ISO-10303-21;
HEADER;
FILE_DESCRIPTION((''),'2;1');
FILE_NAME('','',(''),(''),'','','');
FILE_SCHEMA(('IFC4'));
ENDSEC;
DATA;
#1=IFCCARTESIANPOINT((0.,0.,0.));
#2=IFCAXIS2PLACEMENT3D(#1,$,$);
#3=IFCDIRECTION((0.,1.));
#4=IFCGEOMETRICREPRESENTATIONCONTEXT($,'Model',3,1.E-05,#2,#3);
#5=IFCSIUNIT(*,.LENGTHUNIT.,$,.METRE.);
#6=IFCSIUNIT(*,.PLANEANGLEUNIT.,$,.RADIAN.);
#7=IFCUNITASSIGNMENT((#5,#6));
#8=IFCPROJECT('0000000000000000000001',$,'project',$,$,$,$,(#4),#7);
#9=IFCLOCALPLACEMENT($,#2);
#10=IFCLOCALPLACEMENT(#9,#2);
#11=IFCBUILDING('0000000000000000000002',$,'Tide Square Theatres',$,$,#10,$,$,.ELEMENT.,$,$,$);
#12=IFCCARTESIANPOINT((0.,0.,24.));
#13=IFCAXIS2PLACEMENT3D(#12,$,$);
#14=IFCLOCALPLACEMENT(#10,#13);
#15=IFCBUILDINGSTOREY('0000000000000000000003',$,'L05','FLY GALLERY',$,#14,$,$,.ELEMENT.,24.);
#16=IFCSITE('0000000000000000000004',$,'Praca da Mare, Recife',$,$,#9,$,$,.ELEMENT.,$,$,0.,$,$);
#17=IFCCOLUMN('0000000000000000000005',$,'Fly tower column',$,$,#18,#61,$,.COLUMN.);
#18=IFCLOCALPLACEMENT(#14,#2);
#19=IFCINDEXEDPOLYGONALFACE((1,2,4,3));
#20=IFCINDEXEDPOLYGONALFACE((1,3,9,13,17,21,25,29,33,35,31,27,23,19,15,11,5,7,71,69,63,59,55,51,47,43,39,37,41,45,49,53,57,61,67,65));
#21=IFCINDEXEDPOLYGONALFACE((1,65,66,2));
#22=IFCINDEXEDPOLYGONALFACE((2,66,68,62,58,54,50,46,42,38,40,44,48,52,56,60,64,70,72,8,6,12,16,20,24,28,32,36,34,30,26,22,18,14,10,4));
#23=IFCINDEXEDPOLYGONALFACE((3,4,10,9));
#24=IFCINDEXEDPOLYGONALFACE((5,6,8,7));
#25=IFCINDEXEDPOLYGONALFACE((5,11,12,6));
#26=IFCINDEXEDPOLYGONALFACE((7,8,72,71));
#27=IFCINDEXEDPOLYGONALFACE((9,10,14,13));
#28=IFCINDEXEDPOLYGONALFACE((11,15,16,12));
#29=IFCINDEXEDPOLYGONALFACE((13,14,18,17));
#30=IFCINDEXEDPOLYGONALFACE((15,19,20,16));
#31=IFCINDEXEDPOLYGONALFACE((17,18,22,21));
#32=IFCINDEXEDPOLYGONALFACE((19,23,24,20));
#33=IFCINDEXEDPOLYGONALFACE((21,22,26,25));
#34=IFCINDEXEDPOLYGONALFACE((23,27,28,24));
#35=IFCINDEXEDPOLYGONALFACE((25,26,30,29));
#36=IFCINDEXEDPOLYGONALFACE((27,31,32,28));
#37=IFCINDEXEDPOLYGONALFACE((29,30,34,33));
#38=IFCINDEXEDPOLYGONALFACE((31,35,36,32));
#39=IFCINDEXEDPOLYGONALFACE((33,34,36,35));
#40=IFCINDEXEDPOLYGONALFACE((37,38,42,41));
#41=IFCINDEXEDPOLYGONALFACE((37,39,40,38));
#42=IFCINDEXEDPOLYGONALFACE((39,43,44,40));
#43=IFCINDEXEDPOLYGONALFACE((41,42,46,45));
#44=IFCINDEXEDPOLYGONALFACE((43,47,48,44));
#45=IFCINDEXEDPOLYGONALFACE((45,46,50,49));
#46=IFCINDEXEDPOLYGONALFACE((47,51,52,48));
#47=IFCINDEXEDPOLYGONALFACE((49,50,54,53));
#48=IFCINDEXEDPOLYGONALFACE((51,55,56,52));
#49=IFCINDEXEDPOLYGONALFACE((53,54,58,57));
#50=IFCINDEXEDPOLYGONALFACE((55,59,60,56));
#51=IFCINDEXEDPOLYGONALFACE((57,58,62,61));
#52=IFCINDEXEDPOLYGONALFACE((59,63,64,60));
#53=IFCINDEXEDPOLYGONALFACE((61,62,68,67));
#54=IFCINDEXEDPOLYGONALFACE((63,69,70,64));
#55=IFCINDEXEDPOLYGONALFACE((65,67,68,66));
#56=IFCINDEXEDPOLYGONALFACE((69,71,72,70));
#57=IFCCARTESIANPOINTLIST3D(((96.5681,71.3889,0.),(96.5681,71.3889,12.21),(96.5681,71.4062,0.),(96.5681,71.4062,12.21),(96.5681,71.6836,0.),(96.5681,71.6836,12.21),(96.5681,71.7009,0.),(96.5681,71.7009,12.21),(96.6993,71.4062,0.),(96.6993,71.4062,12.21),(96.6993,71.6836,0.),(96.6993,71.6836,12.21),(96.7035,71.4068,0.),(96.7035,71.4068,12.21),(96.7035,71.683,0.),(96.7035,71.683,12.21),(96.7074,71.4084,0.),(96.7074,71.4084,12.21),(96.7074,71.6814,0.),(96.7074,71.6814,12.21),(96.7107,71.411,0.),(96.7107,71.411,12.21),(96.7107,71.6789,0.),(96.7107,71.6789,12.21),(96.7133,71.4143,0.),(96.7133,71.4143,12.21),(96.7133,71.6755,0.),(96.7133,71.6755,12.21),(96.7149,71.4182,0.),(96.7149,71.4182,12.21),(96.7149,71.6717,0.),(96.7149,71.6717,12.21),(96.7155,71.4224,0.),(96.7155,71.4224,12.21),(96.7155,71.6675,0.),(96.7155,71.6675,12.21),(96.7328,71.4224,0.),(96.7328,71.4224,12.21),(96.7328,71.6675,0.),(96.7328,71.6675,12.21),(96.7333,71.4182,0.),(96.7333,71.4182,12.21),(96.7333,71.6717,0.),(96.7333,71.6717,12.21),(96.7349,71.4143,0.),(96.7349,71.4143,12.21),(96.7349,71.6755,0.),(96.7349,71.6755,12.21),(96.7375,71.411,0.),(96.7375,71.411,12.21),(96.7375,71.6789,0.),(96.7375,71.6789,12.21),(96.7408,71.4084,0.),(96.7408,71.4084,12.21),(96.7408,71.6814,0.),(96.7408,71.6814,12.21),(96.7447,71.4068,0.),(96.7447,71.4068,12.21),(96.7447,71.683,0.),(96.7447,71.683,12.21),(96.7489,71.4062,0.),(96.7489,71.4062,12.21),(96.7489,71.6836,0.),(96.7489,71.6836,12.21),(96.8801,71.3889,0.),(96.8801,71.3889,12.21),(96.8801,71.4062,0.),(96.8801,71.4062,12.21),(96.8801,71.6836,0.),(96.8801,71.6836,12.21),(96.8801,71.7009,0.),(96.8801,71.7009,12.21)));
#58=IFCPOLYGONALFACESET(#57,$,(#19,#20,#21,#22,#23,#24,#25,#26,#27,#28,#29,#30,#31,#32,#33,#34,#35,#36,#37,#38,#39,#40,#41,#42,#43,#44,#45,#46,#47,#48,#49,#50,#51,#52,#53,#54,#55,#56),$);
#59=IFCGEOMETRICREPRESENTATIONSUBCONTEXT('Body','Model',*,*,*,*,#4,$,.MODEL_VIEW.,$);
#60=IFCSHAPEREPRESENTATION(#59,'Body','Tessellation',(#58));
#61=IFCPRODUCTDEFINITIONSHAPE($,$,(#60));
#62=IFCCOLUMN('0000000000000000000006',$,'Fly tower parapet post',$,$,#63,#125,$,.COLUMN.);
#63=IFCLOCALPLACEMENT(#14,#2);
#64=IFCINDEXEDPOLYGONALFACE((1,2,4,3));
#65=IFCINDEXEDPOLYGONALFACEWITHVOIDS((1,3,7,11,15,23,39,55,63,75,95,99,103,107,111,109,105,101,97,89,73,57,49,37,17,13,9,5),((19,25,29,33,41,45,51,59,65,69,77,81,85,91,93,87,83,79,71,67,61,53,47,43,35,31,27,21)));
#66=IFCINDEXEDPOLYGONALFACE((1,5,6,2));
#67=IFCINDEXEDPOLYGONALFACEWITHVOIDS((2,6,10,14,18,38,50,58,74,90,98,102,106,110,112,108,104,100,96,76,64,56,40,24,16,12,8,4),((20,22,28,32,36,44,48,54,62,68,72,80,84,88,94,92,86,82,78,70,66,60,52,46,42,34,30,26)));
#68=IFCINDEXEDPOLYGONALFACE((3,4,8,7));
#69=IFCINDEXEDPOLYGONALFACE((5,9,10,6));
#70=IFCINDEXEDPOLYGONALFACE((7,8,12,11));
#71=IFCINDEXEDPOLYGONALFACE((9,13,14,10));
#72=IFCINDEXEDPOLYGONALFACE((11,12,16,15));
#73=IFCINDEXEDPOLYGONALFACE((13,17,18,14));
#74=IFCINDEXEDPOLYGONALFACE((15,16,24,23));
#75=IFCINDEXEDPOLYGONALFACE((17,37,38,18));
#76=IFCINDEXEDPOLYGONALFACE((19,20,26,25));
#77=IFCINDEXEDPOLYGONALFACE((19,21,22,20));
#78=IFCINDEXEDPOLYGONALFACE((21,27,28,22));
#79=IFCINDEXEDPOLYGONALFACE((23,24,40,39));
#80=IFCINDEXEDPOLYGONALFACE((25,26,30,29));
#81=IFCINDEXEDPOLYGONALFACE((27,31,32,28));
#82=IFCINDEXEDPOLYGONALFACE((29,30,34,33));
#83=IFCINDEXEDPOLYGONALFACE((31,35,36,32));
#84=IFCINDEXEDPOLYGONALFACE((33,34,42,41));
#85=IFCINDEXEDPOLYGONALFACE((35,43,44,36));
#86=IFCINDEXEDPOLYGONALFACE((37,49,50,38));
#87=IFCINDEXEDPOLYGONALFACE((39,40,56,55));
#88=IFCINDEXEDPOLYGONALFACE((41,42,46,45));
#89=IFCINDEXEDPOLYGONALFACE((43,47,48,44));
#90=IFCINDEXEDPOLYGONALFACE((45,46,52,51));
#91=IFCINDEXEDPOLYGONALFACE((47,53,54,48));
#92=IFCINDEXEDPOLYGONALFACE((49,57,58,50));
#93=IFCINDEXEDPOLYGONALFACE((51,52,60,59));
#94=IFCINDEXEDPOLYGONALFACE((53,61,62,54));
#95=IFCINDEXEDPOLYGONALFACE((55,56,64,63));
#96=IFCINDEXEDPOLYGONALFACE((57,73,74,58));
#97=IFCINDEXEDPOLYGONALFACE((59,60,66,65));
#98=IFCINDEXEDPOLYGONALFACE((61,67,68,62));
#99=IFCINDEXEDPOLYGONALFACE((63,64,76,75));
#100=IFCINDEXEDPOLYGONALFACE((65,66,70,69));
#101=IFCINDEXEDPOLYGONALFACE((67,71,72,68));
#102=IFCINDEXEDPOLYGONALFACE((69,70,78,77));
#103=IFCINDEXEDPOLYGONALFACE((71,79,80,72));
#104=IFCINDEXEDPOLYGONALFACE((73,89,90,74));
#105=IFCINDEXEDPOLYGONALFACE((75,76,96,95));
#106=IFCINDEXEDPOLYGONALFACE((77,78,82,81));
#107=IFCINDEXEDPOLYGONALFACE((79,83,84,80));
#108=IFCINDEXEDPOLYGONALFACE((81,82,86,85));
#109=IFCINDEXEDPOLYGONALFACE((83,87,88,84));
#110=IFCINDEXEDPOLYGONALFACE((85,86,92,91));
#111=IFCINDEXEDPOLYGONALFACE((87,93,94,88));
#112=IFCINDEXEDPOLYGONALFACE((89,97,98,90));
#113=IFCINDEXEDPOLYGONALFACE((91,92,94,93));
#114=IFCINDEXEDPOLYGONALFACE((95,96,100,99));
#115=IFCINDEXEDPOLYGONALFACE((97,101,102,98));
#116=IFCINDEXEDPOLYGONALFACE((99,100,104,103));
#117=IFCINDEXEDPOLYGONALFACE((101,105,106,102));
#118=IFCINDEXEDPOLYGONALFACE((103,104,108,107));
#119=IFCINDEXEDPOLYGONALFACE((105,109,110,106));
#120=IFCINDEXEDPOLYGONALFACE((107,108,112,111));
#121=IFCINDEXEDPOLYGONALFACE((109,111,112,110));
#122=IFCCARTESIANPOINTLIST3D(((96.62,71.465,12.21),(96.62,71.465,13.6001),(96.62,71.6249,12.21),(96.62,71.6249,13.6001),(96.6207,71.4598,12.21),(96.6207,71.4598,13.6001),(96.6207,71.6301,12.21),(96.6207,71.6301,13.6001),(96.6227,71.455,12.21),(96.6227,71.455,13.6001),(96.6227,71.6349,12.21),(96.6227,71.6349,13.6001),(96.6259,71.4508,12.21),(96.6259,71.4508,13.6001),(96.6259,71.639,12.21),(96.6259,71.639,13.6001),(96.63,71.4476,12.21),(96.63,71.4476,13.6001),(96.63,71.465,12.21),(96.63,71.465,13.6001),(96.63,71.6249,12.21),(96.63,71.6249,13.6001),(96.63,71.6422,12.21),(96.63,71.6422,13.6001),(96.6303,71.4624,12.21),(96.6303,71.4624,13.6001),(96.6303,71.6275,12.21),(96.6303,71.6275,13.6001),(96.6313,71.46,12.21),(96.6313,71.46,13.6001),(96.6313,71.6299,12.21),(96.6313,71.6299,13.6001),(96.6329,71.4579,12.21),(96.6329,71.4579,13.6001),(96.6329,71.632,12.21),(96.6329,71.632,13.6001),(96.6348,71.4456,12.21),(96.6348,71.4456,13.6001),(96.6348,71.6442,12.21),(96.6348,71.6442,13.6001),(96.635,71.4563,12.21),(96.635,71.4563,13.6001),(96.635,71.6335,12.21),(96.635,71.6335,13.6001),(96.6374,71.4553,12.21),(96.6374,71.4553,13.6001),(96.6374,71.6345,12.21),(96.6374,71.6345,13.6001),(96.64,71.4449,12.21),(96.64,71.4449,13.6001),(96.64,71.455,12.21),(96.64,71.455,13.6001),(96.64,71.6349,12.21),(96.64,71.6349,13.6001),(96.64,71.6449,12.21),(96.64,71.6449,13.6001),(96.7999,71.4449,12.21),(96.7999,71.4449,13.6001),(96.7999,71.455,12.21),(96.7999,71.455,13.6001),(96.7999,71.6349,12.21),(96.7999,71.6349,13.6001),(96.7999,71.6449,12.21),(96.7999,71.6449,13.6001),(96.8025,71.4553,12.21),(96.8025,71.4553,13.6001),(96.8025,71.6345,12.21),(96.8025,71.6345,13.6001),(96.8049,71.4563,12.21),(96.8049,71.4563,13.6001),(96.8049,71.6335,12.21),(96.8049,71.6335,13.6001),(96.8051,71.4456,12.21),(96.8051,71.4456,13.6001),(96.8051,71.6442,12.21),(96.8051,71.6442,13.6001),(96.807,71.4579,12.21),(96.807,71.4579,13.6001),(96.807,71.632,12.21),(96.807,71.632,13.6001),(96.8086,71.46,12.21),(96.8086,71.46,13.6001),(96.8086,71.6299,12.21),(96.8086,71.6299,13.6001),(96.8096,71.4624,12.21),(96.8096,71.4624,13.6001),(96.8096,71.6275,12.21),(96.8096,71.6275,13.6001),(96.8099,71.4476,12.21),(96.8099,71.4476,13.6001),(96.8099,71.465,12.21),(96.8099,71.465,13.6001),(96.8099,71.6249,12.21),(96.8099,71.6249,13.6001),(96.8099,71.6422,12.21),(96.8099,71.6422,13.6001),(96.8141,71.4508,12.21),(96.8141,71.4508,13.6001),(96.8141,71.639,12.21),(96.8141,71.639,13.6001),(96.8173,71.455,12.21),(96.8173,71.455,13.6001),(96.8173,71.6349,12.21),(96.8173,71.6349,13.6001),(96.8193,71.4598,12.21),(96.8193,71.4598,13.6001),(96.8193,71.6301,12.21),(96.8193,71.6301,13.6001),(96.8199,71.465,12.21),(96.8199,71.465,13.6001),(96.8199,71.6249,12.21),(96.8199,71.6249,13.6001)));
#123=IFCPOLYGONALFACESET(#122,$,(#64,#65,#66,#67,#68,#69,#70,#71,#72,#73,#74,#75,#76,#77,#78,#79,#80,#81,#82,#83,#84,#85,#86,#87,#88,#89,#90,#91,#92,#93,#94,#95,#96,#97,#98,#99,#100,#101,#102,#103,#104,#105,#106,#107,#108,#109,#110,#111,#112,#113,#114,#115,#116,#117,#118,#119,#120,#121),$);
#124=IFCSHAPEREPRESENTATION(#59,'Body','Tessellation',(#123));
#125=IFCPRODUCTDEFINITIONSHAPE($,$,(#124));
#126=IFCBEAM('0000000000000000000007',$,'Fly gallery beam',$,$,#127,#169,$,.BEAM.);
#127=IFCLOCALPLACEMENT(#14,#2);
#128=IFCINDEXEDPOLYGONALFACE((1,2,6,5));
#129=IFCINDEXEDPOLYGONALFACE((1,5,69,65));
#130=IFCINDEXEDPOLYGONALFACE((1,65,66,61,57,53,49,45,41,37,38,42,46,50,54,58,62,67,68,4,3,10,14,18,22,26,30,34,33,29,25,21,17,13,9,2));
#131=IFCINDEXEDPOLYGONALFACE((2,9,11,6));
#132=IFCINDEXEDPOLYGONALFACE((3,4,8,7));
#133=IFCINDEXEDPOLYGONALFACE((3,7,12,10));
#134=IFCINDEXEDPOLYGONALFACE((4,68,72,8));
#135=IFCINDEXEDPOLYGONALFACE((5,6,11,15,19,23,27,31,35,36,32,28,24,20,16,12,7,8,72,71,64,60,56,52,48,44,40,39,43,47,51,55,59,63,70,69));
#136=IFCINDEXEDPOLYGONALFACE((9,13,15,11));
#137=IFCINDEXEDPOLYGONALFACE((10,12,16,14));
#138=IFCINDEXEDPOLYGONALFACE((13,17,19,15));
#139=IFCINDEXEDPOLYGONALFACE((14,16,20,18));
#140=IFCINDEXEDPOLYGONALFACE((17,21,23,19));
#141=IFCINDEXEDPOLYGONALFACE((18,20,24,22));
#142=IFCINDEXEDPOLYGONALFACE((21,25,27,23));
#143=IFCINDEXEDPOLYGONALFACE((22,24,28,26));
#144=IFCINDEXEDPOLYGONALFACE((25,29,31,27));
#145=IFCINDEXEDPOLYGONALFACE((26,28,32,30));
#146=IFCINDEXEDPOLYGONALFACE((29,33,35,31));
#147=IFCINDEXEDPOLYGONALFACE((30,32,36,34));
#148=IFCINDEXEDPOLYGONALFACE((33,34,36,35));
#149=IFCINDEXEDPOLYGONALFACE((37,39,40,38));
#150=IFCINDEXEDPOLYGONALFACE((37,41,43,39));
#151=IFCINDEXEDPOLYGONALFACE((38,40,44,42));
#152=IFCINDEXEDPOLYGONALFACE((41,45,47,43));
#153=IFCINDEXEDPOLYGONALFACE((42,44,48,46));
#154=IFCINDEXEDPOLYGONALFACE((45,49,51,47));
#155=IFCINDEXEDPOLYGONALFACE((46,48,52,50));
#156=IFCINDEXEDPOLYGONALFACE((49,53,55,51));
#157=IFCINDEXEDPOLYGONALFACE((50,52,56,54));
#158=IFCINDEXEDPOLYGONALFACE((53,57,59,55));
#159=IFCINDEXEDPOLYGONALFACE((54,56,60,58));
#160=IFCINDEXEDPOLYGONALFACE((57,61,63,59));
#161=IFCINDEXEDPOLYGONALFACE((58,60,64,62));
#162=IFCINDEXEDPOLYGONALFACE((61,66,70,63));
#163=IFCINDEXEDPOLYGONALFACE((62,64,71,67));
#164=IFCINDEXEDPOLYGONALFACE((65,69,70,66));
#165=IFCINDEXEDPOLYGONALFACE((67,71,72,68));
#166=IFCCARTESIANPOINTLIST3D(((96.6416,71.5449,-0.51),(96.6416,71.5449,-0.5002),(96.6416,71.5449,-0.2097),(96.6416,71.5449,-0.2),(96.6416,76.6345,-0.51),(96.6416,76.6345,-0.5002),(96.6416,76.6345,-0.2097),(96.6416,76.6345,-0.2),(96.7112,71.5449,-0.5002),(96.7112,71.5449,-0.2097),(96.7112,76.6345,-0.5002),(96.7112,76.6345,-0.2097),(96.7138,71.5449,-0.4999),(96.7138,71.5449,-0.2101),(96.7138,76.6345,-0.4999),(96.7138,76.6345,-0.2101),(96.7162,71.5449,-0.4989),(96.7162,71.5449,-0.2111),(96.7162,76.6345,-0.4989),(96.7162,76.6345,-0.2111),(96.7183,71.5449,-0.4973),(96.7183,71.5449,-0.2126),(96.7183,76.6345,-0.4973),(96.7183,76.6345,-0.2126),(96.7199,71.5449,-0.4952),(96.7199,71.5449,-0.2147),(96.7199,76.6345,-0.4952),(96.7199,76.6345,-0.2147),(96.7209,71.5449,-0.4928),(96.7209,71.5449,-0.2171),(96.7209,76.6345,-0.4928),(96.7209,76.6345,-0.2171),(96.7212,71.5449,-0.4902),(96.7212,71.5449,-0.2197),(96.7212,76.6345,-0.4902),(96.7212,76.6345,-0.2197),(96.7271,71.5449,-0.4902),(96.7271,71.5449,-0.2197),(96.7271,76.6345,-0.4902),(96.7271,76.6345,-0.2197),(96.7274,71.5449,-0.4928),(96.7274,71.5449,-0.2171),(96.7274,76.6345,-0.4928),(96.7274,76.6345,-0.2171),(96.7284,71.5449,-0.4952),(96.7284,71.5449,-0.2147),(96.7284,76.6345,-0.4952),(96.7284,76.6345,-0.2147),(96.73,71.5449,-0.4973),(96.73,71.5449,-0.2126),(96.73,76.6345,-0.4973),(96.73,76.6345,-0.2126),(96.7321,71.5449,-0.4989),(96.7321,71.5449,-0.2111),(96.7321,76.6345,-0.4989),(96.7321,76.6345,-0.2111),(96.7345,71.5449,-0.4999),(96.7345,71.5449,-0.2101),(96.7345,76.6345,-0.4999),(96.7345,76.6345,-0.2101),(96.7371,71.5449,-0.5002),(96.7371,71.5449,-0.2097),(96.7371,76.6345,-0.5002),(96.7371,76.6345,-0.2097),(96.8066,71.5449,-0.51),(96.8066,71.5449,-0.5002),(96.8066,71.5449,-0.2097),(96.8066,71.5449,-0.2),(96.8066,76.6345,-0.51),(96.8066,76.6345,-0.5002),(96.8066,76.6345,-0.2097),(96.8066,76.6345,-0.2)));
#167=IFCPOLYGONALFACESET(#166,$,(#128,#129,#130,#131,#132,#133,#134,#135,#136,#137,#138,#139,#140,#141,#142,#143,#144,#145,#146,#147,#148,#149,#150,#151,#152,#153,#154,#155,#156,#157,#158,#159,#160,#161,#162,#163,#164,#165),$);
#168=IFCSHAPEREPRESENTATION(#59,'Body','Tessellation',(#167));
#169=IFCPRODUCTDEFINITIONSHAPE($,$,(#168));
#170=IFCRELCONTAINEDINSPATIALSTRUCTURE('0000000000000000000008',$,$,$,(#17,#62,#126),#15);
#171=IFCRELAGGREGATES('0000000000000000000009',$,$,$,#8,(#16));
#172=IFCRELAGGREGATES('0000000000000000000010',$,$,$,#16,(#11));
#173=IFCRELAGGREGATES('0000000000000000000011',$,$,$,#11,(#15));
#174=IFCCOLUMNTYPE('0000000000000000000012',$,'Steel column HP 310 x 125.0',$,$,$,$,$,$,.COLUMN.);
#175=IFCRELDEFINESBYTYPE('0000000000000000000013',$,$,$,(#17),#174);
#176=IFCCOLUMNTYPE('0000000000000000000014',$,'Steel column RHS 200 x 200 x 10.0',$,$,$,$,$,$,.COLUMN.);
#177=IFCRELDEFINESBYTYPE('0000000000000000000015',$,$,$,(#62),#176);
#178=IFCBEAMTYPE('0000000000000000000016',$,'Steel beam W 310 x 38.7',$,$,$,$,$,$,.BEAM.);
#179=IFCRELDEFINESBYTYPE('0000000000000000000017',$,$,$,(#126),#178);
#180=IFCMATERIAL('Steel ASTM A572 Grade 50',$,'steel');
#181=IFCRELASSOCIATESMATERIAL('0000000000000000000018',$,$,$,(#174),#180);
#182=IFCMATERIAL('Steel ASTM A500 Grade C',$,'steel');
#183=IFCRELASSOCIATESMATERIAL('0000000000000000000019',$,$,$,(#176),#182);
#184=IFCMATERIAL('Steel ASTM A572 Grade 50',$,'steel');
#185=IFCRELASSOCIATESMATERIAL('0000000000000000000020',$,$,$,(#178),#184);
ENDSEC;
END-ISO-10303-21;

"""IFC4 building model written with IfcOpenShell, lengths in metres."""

from ifc_helpers import new_model, si_unit, direction, frame, origin, origin_2d, place, context, subcontext, project, spatial, hollow_rectangle, i_section, extrude, material, material_profile, profile_set, type_object, element, save


model = new_model("IFC4")

# Units and contexts
model_context = context("Model", 3, precision=1e-05, world=origin(), true_north=direction((0.0, 1.0)))
body_context = subcontext(model_context, "Body", "Model", "MODEL_VIEW")
ifc_project = project(units=[si_unit("LENGTHUNIT", "METRE"), si_unit("PLANEANGLEUNIT", "RADIAN")], contexts=[model_context])

# Site, building, storey
site_placement = place(None, origin())
site = spatial("IfcSite", under=ifc_project, at=site_placement, Name="Praca da Mare, Recife", CompositionType="ELEMENT", RefElevation=0.0)
building_placement = place(site_placement, origin())
building = spatial("IfcBuilding", under=site, at=building_placement, Name="Tide Square Theatres", CompositionType="ELEMENT")
storey_placement = place(building_placement, frame((0.0, 0.0, 24.0)))
storey = spatial("IfcBuildingStorey", under=building, at=storey_placement, Name="L05", Description="FLY GALLERY", CompositionType="ELEMENT", Elevation=24.0)

# Columns
ifc_material_1 = material(Name="Steel ASTM A572 Grade 50", Category="steel")
ifc_material_profile_1 = material_profile(ifc_material_1, i_section(OverallWidth=0.312, OverallDepth=0.312, WebThickness=0.0173, FlangeThickness=0.0173, FilletRadius=0.0161, at=origin_2d()))
ifc_profile_set_1 = profile_set([ifc_material_profile_1], Name="Steel ASTM A572 Grade 50")
column_type_1 = type_object("IfcColumnType", Name="Steel column HP 310 x 125.0", PredefinedType="COLUMN", material=ifc_profile_set_1)
column_1_placement = place(storey_placement, frame((96.7241, 71.5449, 0.0), z_axis=(0.0, 0.0, 1.0), x_axis=(1.0, 0.0, 0.0)))
element("IfcColumn", 1, at=column_1_placement, inside=storey, type_object=column_type_1, Name="Fly tower column", PredefinedType="COLUMN", context=body_context, shape_type="SweptSolid", body=[
    extrude(i_section(OverallWidth=0.312, OverallDepth=0.312, WebThickness=0.0173, FlangeThickness=0.0173, FilletRadius=0.0161, at=origin_2d()), origin(), (0.0, 0.0, 1.0), 12.21),
])
ifc_material_2 = material(Name="Steel ASTM A500 Grade C", Category="steel")
ifc_material_profile_2 = material_profile(ifc_material_2, hollow_rectangle(XDim=0.2, YDim=0.2, WallThickness=0.01, InnerFilletRadius=0.01, OuterFilletRadius=0.02, at=origin_2d()))
ifc_profile_set_2 = profile_set([ifc_material_profile_2], Name="Steel ASTM A500 Grade C")
column_type_2 = type_object("IfcColumnType", Name="Steel column RHS 200 x 200 x 10.0", PredefinedType="COLUMN", material=ifc_profile_set_2)
column_2_placement = place(storey_placement, frame((96.72, 71.5449, 12.21), z_axis=(0.0, 0.0, 1.0), x_axis=(1.0, 0.0, 0.0)))
element("IfcColumn", 2, at=column_2_placement, inside=storey, type_object=column_type_2, Name="Fly tower parapet post", PredefinedType="COLUMN", context=body_context, shape_type="SweptSolid", body=[
    extrude(hollow_rectangle(XDim=0.2, YDim=0.2, WallThickness=0.01, InnerFilletRadius=0.01, OuterFilletRadius=0.02, at=origin_2d()), origin(), (0.0, 0.0, 1.0), 1.3901),
])

# Beam
ifc_material_3 = material(Name="Steel ASTM A572 Grade 50", Category="steel")
ifc_material_profile_3 = material_profile(ifc_material_3, i_section(OverallWidth=0.165, OverallDepth=0.3101, WebThickness=0.0059, FlangeThickness=0.0098, FilletRadius=0.01, at=origin_2d()))
ifc_profile_set_3 = profile_set([ifc_material_profile_3], Name="Steel ASTM A572 Grade 50")
beam_type_1 = type_object("IfcBeamType", Name="Steel beam W 310 x 38.7", PredefinedType="BEAM", material=ifc_profile_set_3)
beam_placement = place(storey_placement, frame((96.7241, 71.5449, -0.355), z_axis=(0.0, 1.0, 0.0), x_axis=(-1.0, 0.0, 0.0)))
element("IfcBeam", 3, at=beam_placement, inside=storey, type_object=beam_type_1, Name="Fly gallery beam", PredefinedType="BEAM", context=body_context, shape_type="SweptSolid", body=[
    extrude(i_section(OverallWidth=0.165, OverallDepth=0.3101, WebThickness=0.0059, FlangeThickness=0.0098, FilletRadius=0.01, at=origin_2d()), origin(), (0.0, 0.0, 1.0), 5.0896),
])

save(model, "model.ifc")
